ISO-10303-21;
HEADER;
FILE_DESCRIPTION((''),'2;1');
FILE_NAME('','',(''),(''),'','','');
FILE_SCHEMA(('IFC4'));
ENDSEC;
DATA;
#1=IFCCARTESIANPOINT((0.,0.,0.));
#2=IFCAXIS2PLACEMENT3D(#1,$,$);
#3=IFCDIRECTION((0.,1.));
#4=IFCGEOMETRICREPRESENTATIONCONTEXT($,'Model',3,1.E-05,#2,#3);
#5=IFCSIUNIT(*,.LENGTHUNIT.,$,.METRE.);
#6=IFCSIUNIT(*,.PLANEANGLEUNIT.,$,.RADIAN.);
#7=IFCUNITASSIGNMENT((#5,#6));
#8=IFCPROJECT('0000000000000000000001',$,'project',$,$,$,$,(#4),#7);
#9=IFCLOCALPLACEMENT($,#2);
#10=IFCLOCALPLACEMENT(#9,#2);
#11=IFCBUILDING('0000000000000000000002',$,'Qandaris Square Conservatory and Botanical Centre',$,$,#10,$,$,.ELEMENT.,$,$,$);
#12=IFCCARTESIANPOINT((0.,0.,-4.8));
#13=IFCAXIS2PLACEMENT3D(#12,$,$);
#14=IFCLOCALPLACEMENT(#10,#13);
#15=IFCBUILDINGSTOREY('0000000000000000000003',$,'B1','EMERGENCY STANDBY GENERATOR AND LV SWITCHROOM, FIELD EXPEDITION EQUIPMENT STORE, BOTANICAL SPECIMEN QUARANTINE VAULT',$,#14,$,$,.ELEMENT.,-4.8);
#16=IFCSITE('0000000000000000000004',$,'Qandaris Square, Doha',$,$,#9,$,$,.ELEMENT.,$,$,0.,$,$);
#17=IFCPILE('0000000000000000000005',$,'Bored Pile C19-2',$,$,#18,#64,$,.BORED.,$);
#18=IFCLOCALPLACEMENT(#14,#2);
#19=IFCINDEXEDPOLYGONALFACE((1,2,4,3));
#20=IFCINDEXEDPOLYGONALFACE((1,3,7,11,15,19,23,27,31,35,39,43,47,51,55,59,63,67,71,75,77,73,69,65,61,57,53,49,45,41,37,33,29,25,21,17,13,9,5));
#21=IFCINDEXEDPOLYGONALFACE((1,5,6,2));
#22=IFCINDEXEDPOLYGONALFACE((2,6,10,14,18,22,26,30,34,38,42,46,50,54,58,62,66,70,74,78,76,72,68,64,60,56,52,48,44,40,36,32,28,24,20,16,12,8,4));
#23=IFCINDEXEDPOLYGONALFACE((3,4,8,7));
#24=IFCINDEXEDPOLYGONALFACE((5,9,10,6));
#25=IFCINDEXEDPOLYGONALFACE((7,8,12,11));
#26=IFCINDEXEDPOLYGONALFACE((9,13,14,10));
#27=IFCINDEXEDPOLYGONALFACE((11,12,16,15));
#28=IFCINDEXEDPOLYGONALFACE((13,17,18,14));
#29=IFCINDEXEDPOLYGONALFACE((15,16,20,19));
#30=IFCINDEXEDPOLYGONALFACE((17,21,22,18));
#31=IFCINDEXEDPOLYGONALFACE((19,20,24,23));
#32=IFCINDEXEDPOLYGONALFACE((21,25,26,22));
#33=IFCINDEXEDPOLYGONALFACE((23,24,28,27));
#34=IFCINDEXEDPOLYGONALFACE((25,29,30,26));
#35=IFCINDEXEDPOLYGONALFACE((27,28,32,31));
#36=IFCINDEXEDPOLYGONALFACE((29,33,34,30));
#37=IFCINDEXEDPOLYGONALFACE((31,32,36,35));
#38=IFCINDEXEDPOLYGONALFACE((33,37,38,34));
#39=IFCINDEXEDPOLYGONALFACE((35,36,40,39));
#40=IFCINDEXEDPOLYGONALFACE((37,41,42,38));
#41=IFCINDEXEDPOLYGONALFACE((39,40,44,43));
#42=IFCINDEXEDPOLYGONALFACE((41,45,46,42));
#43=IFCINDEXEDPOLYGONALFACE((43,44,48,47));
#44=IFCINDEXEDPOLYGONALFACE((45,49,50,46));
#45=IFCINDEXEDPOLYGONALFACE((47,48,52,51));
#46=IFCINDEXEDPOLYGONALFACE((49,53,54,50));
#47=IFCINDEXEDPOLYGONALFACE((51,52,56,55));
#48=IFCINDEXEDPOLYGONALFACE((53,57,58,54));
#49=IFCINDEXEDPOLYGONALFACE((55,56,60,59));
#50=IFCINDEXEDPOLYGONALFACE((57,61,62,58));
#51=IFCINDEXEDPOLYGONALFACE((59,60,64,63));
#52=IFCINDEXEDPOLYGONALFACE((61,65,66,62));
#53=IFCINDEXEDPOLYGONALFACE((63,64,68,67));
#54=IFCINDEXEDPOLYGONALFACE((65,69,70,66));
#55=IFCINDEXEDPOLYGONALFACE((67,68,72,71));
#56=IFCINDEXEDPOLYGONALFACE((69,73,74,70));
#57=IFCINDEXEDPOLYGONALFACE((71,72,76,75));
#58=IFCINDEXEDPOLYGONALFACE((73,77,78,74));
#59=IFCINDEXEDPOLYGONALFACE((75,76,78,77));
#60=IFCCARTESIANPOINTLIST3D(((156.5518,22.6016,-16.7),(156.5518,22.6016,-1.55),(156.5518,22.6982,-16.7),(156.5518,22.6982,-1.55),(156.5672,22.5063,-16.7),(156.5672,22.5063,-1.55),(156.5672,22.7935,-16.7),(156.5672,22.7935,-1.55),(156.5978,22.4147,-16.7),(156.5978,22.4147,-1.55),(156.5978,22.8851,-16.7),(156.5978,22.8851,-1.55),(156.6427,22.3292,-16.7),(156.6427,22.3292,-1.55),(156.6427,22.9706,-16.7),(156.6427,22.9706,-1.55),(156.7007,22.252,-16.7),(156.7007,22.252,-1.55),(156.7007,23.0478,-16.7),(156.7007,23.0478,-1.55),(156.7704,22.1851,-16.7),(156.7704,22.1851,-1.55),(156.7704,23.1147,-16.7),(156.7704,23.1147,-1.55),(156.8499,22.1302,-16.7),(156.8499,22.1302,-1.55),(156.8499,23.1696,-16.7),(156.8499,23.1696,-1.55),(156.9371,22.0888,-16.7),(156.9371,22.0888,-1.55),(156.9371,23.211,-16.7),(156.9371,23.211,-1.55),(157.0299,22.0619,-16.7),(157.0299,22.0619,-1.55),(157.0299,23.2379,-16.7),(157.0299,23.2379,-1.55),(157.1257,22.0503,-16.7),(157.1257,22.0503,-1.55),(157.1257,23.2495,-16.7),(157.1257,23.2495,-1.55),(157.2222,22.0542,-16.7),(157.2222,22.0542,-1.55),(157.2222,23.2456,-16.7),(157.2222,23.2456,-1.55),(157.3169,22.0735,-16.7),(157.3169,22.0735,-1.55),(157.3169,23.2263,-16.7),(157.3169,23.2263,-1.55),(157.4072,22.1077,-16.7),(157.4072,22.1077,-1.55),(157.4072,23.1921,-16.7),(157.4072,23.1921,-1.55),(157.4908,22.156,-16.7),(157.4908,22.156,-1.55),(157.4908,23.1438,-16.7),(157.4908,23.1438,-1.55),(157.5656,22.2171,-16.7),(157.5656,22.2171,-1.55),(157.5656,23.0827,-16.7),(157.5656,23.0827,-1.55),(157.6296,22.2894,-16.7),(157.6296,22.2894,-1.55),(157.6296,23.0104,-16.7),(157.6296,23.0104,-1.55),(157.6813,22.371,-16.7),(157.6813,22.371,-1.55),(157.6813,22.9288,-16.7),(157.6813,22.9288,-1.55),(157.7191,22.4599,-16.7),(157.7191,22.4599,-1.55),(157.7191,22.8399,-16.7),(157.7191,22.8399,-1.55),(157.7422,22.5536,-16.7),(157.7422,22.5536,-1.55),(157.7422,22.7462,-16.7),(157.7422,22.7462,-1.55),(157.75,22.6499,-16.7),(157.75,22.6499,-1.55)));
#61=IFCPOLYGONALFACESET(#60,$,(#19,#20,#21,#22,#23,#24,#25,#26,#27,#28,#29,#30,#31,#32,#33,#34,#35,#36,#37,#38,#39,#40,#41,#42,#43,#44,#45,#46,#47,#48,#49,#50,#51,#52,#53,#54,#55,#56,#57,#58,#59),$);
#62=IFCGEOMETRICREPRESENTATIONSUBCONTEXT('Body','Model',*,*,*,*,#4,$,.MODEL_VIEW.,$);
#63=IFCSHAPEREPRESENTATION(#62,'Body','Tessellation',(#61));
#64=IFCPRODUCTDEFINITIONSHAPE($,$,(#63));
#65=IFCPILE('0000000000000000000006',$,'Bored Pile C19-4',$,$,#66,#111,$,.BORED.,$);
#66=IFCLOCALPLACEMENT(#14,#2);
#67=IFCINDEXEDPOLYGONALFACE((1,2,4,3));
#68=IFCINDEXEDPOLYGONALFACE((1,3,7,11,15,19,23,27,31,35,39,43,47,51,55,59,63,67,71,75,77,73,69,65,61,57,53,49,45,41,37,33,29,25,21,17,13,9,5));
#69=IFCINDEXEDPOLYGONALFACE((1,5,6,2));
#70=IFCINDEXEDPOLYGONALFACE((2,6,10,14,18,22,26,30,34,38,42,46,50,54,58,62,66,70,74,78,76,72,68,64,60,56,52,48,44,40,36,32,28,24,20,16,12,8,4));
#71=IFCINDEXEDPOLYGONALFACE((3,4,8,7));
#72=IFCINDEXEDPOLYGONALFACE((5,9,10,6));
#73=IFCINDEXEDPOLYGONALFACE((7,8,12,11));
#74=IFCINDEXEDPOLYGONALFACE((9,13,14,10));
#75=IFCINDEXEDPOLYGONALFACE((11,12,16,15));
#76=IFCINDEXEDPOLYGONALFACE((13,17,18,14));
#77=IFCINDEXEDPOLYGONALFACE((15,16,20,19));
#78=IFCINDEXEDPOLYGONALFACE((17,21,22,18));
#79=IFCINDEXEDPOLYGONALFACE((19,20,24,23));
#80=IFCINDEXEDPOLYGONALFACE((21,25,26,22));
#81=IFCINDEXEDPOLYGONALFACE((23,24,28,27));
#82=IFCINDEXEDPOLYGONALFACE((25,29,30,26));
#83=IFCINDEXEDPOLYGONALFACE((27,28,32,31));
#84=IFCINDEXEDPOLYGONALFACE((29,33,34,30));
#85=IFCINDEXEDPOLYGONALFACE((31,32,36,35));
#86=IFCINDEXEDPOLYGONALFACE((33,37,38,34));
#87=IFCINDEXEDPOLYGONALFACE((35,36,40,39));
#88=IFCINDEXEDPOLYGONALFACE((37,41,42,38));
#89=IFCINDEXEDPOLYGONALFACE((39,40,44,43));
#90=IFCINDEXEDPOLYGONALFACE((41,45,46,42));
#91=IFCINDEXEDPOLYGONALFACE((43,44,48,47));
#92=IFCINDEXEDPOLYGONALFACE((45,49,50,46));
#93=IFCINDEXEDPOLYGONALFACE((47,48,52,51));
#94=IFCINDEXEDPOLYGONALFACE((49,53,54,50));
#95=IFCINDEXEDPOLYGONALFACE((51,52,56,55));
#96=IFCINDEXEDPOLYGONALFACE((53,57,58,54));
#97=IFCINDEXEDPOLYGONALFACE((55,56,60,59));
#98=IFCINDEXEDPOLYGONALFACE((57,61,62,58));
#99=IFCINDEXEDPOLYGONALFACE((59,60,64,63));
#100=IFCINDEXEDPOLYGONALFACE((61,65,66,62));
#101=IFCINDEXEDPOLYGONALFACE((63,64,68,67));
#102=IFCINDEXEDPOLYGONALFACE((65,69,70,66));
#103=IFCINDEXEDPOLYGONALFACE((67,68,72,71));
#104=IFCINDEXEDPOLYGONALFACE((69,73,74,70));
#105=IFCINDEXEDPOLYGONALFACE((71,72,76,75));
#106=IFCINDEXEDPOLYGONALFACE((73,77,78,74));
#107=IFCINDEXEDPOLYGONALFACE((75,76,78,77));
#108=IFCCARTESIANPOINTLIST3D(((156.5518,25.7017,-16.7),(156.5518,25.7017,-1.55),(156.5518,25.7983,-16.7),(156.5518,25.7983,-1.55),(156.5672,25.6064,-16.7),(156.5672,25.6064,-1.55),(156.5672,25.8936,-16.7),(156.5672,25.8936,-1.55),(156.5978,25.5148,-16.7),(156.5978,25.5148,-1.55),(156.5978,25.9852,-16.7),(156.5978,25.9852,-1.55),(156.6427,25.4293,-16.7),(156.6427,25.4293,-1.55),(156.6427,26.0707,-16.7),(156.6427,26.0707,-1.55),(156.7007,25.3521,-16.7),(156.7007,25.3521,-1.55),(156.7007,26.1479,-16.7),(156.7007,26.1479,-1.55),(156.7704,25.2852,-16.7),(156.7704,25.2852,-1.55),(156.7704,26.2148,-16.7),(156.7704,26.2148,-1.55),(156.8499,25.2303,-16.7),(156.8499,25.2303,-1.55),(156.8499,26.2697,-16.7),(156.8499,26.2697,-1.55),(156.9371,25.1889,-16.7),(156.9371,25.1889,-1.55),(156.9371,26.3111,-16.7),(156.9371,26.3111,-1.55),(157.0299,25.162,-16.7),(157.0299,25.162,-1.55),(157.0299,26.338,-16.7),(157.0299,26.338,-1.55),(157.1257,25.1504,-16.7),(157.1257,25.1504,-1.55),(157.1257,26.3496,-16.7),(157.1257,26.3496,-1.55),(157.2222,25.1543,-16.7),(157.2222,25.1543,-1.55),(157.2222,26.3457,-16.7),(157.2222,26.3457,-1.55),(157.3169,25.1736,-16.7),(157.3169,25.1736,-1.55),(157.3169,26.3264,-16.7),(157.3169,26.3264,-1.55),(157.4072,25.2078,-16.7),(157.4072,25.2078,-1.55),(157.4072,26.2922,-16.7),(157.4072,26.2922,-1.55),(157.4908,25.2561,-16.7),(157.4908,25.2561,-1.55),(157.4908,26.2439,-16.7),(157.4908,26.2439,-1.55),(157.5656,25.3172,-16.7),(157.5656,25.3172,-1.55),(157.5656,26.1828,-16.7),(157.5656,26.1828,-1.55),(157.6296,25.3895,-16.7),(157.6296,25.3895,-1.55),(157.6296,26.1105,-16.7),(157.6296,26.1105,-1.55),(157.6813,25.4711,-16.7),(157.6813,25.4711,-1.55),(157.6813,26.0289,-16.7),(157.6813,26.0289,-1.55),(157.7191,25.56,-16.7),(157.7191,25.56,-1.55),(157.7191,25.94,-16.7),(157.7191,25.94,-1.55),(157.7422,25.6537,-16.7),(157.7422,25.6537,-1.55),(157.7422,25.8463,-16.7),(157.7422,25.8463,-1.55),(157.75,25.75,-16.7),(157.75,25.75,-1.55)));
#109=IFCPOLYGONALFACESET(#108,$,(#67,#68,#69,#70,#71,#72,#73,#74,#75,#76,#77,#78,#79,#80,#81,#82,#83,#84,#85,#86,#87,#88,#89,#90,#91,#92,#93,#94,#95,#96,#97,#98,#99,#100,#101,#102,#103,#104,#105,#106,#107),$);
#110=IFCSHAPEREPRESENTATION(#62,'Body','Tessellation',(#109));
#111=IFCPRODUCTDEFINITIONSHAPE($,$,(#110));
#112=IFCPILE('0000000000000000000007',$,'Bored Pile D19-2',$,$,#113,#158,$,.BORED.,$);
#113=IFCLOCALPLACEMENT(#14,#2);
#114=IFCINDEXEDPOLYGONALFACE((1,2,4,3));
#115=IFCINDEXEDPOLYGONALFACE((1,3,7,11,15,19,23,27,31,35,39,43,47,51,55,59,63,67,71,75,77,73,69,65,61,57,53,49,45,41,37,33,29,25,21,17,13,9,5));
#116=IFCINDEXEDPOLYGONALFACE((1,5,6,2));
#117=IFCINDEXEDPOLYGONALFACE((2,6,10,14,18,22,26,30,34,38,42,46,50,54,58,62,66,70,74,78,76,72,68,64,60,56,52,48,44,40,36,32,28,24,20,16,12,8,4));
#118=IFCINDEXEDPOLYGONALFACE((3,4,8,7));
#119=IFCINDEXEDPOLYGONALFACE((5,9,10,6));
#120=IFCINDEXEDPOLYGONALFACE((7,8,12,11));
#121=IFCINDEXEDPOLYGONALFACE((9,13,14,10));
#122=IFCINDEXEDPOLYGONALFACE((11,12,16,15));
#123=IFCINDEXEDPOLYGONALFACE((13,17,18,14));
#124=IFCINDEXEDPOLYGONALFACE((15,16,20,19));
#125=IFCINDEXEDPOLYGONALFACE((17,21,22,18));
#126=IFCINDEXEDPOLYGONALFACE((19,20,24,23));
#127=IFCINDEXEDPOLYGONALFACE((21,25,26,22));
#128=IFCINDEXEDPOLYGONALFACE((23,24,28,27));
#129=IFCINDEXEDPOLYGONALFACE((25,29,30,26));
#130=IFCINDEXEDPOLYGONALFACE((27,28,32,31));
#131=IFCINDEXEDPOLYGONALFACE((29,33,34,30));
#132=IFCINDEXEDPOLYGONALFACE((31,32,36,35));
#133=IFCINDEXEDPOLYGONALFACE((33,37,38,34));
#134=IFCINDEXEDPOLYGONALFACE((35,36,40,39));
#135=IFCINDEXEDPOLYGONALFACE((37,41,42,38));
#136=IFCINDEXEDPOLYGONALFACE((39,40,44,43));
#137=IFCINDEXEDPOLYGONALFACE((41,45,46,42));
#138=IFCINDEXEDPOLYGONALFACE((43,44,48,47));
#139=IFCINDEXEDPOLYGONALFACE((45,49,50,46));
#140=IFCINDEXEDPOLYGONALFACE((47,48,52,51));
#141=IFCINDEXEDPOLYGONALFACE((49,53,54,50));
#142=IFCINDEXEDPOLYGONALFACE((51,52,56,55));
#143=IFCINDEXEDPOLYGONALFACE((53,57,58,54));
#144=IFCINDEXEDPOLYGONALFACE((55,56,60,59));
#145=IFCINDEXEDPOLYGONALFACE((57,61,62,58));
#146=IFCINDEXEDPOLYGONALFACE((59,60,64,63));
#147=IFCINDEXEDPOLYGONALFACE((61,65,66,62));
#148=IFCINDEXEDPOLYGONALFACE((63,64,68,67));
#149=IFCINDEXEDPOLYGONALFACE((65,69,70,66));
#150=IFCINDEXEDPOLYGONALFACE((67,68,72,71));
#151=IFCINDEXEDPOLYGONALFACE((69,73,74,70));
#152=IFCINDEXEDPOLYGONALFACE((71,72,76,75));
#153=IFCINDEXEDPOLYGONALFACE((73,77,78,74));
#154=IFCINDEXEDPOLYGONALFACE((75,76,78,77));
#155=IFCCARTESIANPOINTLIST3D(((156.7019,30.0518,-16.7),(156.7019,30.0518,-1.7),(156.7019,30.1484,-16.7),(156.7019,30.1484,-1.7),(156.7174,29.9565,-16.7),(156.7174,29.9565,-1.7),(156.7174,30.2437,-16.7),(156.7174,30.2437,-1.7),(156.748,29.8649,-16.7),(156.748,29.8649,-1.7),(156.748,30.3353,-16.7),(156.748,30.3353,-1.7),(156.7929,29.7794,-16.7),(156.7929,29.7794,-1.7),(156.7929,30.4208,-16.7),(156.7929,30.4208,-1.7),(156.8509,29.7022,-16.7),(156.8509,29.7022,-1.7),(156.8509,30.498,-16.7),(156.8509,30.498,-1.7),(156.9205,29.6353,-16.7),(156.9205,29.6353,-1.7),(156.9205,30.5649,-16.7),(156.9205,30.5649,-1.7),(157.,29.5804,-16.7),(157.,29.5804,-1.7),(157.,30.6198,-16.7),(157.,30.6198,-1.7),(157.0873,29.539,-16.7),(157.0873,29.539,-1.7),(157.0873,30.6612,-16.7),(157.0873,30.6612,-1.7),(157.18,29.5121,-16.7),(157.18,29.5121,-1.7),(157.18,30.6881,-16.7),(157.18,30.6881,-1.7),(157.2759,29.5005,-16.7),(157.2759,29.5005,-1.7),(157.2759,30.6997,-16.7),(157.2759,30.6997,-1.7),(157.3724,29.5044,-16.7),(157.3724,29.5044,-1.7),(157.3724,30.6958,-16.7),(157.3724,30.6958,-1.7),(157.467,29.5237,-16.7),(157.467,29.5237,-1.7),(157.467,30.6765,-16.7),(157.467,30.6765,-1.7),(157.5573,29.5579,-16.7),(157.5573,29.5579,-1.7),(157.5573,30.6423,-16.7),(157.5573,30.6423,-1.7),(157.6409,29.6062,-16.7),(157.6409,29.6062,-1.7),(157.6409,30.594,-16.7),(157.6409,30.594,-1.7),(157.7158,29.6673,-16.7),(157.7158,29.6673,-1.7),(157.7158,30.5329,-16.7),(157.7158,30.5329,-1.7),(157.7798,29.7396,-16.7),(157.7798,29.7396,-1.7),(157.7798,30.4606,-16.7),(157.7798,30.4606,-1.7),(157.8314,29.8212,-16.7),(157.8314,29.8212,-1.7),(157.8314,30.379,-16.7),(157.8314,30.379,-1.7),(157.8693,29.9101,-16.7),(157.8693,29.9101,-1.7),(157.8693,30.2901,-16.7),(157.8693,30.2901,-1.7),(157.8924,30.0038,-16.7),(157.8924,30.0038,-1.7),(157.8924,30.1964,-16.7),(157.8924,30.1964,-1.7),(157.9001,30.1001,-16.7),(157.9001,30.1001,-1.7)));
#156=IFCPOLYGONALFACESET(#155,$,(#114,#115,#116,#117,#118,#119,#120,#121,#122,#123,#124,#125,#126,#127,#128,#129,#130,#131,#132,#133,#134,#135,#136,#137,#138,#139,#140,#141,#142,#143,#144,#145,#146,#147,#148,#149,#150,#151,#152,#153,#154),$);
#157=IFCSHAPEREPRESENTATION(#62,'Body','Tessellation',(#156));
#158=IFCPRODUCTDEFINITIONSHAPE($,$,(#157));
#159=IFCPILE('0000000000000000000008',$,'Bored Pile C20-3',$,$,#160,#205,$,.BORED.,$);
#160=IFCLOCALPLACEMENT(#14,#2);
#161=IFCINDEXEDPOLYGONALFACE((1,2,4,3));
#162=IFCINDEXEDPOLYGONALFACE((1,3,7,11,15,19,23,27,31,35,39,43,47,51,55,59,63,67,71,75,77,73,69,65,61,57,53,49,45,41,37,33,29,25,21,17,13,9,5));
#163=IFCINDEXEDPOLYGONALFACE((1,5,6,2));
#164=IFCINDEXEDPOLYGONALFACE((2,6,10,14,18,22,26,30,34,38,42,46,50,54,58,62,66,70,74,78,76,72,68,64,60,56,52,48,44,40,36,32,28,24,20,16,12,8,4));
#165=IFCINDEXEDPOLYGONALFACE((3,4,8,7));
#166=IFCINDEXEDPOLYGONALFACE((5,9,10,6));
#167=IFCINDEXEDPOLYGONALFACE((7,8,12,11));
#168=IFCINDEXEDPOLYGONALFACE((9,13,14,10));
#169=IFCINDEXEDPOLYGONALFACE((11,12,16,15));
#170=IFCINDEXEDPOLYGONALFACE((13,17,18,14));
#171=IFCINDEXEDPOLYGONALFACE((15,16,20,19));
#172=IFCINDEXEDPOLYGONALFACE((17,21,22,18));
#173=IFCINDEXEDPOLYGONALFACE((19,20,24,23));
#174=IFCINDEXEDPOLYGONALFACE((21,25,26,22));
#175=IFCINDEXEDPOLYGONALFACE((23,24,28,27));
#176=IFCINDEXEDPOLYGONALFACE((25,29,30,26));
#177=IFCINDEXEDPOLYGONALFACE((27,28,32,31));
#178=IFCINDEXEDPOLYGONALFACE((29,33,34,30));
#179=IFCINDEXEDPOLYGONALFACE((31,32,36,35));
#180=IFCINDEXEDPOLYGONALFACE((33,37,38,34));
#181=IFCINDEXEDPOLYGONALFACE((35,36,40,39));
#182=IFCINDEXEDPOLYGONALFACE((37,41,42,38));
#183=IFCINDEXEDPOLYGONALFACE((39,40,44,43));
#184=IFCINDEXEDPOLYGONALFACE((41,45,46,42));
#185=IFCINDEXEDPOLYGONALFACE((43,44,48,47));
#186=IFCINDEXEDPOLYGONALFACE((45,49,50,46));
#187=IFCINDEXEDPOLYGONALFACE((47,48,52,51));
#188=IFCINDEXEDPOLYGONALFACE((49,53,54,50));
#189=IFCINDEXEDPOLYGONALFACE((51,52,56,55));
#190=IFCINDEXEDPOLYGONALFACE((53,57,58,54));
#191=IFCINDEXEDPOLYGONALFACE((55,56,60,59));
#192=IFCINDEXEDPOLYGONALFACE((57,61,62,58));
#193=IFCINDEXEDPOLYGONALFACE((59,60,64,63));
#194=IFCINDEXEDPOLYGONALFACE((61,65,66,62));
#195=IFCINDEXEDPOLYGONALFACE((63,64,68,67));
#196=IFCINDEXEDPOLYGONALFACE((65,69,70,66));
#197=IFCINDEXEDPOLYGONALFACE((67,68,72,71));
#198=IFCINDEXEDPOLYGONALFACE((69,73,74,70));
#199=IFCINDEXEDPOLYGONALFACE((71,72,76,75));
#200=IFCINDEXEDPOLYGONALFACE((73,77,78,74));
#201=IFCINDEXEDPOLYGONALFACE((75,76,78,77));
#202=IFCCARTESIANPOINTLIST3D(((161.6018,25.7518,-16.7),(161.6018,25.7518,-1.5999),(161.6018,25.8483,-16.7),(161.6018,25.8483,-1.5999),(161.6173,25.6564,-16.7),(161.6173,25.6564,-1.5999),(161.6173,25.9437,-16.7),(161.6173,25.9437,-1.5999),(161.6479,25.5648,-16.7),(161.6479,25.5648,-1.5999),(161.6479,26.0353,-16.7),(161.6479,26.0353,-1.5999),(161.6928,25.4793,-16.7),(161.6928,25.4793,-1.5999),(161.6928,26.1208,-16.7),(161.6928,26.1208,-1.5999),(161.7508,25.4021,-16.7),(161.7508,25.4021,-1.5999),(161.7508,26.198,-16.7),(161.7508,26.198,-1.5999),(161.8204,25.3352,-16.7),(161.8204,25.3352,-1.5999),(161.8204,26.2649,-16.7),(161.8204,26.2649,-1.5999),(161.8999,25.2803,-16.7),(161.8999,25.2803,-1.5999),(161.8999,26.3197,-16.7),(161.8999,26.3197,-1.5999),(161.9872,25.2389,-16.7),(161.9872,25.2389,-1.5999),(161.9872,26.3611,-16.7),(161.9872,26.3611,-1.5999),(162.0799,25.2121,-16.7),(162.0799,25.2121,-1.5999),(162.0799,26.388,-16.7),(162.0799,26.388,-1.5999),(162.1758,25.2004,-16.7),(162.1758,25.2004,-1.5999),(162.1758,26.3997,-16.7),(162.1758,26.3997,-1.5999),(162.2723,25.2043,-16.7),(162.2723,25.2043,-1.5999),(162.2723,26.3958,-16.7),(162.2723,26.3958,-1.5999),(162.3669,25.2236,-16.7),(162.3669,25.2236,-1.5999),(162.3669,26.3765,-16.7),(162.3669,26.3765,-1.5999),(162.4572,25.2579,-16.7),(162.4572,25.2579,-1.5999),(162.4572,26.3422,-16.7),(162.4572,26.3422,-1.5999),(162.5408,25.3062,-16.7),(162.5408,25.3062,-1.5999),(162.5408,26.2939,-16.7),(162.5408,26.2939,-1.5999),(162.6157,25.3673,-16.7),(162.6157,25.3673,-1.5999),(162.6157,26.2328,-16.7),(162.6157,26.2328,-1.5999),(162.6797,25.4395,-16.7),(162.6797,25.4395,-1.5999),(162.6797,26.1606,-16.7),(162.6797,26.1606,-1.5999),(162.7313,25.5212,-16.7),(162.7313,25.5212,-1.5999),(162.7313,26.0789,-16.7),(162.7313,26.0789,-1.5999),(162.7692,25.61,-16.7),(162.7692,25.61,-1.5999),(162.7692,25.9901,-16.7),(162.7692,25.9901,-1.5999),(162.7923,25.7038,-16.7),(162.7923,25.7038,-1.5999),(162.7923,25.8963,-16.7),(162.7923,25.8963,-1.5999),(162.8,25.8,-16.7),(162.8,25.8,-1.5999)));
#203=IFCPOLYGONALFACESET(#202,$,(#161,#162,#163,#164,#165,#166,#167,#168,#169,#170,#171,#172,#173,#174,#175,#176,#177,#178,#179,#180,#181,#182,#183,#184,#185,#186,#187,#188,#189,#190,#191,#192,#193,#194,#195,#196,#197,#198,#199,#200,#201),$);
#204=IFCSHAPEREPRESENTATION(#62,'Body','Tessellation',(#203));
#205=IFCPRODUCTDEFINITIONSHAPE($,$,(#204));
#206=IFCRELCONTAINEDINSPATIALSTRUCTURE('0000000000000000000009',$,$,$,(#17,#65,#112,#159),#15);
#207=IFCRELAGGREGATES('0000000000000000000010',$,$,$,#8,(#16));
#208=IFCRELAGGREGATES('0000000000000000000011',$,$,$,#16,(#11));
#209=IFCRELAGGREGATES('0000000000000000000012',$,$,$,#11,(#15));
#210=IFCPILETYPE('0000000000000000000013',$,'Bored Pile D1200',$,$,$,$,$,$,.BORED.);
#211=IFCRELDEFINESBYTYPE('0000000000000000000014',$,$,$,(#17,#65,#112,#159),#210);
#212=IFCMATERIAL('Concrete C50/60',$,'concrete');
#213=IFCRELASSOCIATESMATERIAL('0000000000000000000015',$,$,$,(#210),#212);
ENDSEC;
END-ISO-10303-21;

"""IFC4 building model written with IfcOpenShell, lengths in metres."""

from ifc_helpers import new_model, si_unit, direction, frame, origin, origin_2d, place, context, subcontext, project, spatial, circle, extrude, material, material_profile, profile_set, type_object, element, save


model = new_model("IFC4")

# Units and contexts
model_context = context("Model", 3, precision=1e-05, world=origin(), true_north=direction((0.0, 1.0)))
body_context = subcontext(model_context, "Body", "Model", "MODEL_VIEW")
ifc_project = project(units=[si_unit("LENGTHUNIT", "METRE"), si_unit("PLANEANGLEUNIT", "RADIAN")], contexts=[model_context])

# Site, building, storey
site_placement = place(None, origin())
site = spatial("IfcSite", under=ifc_project, at=site_placement, Name="Qandaris Square, Doha", CompositionType="ELEMENT", RefElevation=0.0)
building_placement = place(site_placement, origin())
building = spatial("IfcBuilding", under=site, at=building_placement, Name="Qandaris Square Conservatory and Botanical Centre", CompositionType="ELEMENT")
storey_placement = place(building_placement, frame((0.0, 0.0, -4.8)))
storey = spatial("IfcBuildingStorey", under=building, at=storey_placement, Name="B1", Description="EMERGENCY STANDBY GENERATOR AND LV SWITCHROOM, FIELD EXPEDITION EQUIPMENT STORE, BOTANICAL SPECIMEN QUARANTINE VAULT", CompositionType="ELEMENT", Elevation=-4.8)

# Piles
ifc_material_1 = material(Name="Concrete C50/60", Category="concrete")
ifc_material_profile_1 = material_profile(ifc_material_1, circle(Radius=0.6001, at=origin_2d()), Name="PILE D1200")
ifc_profile_set_1 = profile_set([ifc_material_profile_1], Name="Concrete C50/60")
pile_type = type_object("IfcPileType", Name="Bored Pile D1200", PredefinedType="BORED", material=ifc_profile_set_1)
for number, where, z_axis, x_axis, name in (
    (1, (157.1499, 22.6499, -1.55), (0.0, 0.0, -1.0), (1.0, 0.0, 0.0), "Bored Pile C19-2"),
    (2, (157.1499, 25.75, -1.55), (0.0, 0.0, -1.0), (1.0, 0.0, 0.0), "Bored Pile C19-4"),
):
    element("IfcPile", number, at=place(storey_placement, frame(where, z_axis=z_axis, x_axis=x_axis)), inside=storey, type_object=pile_type, Name=name, PredefinedType="BORED", context=body_context, shape_type="SweptSolid", body=[
        extrude(circle(Radius=0.6001, at=origin_2d()), origin(), (0.0, 0.0, 1.0), 15.1499),
    ])
pile_placement = place(storey_placement, frame((157.3, 30.1001, -1.7), z_axis=(0.0, 0.0, -1.0), x_axis=(1.0, 0.0, 0.0)))
element("IfcPile", 3, at=pile_placement, inside=storey, type_object=pile_type, Name="Bored Pile D19-2", PredefinedType="BORED", context=body_context, shape_type="SweptSolid", body=[
    extrude(circle(Radius=0.6001, at=origin_2d()), origin(), (0.0, 0.0, 1.0), 15.0),
])
for number, where, z_axis, x_axis, name in (
    (4, (162.2, 25.8, -1.5999), (0.0, 0.0, -1.0), (1.0, 0.0, 0.0), "Bored Pile C20-3"),
):
    element("IfcPile", number, at=place(storey_placement, frame(where, z_axis=z_axis, x_axis=x_axis)), inside=storey, type_object=pile_type, Name=name, PredefinedType="BORED", context=body_context, shape_type="SweptSolid", body=[
        extrude(circle(Radius=0.6001, at=origin_2d()), origin(), (0.0, 0.0, 1.0), 15.1001),
    ])

save(model, "model.ifc")
